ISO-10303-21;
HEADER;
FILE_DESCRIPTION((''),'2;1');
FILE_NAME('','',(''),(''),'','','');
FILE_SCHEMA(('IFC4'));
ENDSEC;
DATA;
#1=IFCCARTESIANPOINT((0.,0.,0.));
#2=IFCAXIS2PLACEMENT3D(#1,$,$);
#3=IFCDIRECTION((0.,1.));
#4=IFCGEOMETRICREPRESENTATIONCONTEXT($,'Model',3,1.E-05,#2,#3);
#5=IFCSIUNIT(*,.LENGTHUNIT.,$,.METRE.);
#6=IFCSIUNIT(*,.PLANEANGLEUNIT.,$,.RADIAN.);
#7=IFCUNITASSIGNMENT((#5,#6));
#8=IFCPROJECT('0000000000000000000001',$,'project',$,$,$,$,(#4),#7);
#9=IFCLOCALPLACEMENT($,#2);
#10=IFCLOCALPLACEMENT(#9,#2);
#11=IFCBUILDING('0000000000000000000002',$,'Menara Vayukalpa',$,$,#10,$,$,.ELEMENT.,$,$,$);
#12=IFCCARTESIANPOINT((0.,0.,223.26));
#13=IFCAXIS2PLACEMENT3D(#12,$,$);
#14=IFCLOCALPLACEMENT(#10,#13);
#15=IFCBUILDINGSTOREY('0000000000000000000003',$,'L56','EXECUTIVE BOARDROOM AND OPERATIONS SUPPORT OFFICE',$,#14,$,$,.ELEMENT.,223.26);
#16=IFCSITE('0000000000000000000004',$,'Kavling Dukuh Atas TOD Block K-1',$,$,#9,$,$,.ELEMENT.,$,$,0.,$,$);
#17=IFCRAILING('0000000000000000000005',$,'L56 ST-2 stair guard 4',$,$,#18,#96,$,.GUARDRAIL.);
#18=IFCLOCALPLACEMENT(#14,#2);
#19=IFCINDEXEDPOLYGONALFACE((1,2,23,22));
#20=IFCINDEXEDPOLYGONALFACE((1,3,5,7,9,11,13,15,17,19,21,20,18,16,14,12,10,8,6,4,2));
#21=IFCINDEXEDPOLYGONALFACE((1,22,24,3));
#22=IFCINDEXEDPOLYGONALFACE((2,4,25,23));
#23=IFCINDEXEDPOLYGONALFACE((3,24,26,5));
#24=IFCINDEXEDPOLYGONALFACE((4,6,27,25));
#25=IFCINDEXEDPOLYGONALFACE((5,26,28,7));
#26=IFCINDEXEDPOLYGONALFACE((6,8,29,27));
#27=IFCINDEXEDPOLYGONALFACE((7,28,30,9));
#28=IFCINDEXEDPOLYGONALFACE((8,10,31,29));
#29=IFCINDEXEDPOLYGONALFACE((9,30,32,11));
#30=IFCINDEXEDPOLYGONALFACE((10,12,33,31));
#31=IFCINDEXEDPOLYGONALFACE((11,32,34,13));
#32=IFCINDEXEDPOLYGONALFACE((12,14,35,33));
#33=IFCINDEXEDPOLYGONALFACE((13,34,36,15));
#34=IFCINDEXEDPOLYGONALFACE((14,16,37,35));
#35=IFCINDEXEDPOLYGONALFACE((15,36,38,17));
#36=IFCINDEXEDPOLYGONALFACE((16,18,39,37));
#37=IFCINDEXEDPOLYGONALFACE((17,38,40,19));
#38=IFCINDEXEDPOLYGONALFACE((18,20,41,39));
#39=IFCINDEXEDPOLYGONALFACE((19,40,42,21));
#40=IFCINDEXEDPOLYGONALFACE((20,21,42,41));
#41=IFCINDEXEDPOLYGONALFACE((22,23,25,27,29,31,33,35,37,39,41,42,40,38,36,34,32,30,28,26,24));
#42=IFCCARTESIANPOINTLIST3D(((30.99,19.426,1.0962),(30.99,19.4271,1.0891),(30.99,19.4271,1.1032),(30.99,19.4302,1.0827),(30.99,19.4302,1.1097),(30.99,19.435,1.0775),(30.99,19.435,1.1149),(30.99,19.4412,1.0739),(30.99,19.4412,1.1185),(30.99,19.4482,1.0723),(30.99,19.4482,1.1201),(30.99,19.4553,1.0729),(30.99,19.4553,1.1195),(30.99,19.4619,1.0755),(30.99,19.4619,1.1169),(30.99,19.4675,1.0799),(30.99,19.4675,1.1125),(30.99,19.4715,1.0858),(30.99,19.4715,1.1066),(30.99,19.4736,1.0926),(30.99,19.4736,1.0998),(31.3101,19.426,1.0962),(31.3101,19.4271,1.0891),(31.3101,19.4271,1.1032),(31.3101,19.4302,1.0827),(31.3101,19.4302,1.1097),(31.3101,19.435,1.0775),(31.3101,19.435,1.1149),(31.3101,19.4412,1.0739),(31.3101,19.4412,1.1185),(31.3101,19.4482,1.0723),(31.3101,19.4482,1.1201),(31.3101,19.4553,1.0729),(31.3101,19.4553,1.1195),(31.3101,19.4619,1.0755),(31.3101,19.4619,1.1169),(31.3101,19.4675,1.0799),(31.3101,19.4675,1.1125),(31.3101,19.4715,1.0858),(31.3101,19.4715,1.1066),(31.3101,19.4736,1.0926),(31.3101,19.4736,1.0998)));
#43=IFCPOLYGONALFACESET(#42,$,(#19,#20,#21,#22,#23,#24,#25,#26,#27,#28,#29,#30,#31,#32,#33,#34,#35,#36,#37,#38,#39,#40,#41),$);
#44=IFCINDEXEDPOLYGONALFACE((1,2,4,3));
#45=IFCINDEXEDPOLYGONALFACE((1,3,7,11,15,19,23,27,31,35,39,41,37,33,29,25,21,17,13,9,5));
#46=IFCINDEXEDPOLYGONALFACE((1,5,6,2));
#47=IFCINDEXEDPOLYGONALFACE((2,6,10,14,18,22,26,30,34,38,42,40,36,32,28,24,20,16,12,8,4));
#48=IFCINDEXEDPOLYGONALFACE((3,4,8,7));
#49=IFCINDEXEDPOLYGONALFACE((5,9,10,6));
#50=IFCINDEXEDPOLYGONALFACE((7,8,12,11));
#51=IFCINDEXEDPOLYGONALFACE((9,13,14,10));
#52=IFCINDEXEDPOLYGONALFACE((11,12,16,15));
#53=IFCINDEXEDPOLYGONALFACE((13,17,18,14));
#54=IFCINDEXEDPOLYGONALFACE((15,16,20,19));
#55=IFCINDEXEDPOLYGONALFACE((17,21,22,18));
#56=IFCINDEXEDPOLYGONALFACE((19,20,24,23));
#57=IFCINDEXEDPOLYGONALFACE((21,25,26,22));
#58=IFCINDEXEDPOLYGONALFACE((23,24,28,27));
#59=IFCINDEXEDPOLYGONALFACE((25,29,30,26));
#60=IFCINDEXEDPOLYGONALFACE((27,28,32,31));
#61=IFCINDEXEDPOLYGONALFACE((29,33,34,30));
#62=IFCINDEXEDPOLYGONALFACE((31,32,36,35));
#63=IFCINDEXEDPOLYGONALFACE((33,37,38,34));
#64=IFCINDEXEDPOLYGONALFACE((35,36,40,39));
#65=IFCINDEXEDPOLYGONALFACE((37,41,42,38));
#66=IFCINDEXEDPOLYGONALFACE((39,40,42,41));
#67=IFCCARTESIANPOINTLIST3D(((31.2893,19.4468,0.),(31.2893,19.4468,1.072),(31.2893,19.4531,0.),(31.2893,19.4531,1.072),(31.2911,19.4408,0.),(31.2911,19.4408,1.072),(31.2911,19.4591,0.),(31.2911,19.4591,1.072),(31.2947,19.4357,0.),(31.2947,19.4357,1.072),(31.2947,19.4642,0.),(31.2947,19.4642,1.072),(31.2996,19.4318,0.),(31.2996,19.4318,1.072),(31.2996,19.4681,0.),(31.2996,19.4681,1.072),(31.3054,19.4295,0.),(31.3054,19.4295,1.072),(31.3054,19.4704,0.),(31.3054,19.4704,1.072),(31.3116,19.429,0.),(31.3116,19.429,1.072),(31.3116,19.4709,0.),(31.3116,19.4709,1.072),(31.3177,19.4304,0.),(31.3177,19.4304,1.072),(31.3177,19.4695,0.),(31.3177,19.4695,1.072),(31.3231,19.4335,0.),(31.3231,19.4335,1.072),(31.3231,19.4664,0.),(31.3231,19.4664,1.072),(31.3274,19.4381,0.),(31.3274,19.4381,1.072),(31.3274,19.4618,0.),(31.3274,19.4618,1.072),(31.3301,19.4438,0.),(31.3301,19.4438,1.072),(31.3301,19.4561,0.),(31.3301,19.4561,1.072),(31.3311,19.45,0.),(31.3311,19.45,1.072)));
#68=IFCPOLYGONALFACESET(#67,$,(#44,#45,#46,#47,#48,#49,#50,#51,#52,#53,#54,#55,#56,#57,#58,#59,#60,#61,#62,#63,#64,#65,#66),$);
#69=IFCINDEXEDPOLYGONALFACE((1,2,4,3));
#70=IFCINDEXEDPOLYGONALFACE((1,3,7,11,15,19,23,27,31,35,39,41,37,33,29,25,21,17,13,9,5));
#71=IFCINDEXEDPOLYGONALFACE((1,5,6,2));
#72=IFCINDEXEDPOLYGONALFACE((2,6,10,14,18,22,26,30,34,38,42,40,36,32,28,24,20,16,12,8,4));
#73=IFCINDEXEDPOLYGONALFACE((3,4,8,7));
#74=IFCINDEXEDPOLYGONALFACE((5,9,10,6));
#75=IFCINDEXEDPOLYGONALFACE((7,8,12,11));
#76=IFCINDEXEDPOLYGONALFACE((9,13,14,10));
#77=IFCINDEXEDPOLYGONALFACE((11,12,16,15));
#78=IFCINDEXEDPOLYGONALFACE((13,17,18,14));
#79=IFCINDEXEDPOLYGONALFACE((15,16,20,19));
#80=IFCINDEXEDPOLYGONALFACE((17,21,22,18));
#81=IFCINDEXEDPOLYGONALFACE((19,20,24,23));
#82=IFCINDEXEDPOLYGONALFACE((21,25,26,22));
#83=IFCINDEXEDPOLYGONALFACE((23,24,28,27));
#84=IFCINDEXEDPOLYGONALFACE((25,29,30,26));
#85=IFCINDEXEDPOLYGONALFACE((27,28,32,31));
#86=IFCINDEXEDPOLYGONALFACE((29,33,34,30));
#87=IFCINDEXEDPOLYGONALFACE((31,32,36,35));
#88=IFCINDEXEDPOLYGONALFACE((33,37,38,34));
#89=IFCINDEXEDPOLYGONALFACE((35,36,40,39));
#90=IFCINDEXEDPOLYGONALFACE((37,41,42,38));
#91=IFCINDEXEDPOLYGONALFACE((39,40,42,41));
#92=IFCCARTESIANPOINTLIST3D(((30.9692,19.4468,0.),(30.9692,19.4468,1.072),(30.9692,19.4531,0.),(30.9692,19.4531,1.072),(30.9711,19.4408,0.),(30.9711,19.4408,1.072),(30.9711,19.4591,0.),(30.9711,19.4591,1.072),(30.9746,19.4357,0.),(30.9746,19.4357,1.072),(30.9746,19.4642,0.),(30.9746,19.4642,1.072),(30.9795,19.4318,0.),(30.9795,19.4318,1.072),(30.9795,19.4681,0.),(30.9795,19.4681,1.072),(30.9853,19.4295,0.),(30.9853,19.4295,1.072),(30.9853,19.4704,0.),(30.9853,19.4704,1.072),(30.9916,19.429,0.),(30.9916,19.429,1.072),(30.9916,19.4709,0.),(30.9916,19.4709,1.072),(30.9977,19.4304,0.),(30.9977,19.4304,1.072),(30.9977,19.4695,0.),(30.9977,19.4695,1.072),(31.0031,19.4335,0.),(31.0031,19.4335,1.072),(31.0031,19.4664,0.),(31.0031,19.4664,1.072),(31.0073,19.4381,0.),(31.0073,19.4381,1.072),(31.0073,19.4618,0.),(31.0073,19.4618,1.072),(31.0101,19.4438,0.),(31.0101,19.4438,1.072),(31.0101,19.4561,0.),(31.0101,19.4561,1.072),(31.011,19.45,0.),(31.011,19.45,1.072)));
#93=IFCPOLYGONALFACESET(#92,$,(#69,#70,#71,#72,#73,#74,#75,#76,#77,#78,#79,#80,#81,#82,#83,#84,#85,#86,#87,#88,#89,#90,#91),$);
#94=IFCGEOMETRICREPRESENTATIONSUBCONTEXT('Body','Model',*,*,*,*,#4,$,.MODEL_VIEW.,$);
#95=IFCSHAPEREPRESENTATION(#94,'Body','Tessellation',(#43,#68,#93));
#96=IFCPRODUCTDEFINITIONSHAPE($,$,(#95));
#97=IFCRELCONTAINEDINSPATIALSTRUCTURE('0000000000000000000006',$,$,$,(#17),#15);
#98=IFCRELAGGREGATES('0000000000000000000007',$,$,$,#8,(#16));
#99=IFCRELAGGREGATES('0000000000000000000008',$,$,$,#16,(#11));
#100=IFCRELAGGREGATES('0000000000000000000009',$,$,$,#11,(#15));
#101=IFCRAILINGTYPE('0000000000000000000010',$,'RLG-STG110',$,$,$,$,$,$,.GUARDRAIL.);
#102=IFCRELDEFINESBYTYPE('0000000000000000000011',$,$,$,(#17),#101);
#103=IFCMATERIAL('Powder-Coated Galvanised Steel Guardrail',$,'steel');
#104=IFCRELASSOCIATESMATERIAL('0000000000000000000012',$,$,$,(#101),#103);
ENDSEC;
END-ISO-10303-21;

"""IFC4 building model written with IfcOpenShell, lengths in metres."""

from ifc_helpers import new_model, si_unit, direction, frame, origin, origin_2d, place, context, subcontext, project, spatial, circle, extrude, material, type_object, element, save


model = new_model("IFC4")

# Units and contexts
model_context = context("Model", 3, precision=1e-05, world=origin(), true_north=direction((0.0, 1.0)))
body_context = subcontext(model_context, "Body", "Model", "MODEL_VIEW")
ifc_project = project(units=[si_unit("LENGTHUNIT", "METRE"), si_unit("PLANEANGLEUNIT", "RADIAN")], contexts=[model_context])

# Site, building, storey
site_placement = place(None, origin())
site = spatial("IfcSite", under=ifc_project, at=site_placement, Name="Kavling Dukuh Atas TOD Block K-1", CompositionType="ELEMENT", RefElevation=0.0)
building_placement = place(site_placement, origin())
building = spatial("IfcBuilding", under=site, at=building_placement, Name="Menara Vayukalpa", CompositionType="ELEMENT")
storey_placement = place(building_placement, frame((0.0, 0.0, 223.26)))
storey = spatial("IfcBuildingStorey", under=building, at=storey_placement, Name="L56", Description="EXECUTIVE BOARDROOM AND OPERATIONS SUPPORT OFFICE", CompositionType="ELEMENT", Elevation=223.26)

# Railing
ifc_material_1 = material(Name="Powder-Coated Galvanised Steel Guardrail", Category="steel")
railing_type_1 = type_object("IfcRailingType", Name="RLG-STG110", PredefinedType="GUARDRAIL", material=ifc_material_1)
railing_1_placement = place(storey_placement, frame((31.3101, 19.45, 0.0)))
element("IfcRailing", 1, at=railing_1_placement, inside=storey, type_object=railing_type_1, Name="L56 ST-2 stair guard 4", PredefinedType="GUARDRAIL", context=body_context, shape_type="SweptSolid", body=[
    extrude(circle(Radius=0.0239, at=origin_2d()), frame((0.0, 0.0, 1.0962), z_axis=(-1.0, 0.0, 0.0), x_axis=(0.0, -1.0, 0.0)), (0.0, 0.0, 1.0), 0.3201),
    extrude(circle(Radius=0.021, at=origin_2d()), origin(), (0.0, 0.0, 1.0), 1.072),
    extrude(circle(Radius=0.021, at=origin_2d()), frame((-0.3201, 0.0, 0.0)), (0.0, 0.0, 1.0), 1.072),
])

save(model, "model.ifc")
